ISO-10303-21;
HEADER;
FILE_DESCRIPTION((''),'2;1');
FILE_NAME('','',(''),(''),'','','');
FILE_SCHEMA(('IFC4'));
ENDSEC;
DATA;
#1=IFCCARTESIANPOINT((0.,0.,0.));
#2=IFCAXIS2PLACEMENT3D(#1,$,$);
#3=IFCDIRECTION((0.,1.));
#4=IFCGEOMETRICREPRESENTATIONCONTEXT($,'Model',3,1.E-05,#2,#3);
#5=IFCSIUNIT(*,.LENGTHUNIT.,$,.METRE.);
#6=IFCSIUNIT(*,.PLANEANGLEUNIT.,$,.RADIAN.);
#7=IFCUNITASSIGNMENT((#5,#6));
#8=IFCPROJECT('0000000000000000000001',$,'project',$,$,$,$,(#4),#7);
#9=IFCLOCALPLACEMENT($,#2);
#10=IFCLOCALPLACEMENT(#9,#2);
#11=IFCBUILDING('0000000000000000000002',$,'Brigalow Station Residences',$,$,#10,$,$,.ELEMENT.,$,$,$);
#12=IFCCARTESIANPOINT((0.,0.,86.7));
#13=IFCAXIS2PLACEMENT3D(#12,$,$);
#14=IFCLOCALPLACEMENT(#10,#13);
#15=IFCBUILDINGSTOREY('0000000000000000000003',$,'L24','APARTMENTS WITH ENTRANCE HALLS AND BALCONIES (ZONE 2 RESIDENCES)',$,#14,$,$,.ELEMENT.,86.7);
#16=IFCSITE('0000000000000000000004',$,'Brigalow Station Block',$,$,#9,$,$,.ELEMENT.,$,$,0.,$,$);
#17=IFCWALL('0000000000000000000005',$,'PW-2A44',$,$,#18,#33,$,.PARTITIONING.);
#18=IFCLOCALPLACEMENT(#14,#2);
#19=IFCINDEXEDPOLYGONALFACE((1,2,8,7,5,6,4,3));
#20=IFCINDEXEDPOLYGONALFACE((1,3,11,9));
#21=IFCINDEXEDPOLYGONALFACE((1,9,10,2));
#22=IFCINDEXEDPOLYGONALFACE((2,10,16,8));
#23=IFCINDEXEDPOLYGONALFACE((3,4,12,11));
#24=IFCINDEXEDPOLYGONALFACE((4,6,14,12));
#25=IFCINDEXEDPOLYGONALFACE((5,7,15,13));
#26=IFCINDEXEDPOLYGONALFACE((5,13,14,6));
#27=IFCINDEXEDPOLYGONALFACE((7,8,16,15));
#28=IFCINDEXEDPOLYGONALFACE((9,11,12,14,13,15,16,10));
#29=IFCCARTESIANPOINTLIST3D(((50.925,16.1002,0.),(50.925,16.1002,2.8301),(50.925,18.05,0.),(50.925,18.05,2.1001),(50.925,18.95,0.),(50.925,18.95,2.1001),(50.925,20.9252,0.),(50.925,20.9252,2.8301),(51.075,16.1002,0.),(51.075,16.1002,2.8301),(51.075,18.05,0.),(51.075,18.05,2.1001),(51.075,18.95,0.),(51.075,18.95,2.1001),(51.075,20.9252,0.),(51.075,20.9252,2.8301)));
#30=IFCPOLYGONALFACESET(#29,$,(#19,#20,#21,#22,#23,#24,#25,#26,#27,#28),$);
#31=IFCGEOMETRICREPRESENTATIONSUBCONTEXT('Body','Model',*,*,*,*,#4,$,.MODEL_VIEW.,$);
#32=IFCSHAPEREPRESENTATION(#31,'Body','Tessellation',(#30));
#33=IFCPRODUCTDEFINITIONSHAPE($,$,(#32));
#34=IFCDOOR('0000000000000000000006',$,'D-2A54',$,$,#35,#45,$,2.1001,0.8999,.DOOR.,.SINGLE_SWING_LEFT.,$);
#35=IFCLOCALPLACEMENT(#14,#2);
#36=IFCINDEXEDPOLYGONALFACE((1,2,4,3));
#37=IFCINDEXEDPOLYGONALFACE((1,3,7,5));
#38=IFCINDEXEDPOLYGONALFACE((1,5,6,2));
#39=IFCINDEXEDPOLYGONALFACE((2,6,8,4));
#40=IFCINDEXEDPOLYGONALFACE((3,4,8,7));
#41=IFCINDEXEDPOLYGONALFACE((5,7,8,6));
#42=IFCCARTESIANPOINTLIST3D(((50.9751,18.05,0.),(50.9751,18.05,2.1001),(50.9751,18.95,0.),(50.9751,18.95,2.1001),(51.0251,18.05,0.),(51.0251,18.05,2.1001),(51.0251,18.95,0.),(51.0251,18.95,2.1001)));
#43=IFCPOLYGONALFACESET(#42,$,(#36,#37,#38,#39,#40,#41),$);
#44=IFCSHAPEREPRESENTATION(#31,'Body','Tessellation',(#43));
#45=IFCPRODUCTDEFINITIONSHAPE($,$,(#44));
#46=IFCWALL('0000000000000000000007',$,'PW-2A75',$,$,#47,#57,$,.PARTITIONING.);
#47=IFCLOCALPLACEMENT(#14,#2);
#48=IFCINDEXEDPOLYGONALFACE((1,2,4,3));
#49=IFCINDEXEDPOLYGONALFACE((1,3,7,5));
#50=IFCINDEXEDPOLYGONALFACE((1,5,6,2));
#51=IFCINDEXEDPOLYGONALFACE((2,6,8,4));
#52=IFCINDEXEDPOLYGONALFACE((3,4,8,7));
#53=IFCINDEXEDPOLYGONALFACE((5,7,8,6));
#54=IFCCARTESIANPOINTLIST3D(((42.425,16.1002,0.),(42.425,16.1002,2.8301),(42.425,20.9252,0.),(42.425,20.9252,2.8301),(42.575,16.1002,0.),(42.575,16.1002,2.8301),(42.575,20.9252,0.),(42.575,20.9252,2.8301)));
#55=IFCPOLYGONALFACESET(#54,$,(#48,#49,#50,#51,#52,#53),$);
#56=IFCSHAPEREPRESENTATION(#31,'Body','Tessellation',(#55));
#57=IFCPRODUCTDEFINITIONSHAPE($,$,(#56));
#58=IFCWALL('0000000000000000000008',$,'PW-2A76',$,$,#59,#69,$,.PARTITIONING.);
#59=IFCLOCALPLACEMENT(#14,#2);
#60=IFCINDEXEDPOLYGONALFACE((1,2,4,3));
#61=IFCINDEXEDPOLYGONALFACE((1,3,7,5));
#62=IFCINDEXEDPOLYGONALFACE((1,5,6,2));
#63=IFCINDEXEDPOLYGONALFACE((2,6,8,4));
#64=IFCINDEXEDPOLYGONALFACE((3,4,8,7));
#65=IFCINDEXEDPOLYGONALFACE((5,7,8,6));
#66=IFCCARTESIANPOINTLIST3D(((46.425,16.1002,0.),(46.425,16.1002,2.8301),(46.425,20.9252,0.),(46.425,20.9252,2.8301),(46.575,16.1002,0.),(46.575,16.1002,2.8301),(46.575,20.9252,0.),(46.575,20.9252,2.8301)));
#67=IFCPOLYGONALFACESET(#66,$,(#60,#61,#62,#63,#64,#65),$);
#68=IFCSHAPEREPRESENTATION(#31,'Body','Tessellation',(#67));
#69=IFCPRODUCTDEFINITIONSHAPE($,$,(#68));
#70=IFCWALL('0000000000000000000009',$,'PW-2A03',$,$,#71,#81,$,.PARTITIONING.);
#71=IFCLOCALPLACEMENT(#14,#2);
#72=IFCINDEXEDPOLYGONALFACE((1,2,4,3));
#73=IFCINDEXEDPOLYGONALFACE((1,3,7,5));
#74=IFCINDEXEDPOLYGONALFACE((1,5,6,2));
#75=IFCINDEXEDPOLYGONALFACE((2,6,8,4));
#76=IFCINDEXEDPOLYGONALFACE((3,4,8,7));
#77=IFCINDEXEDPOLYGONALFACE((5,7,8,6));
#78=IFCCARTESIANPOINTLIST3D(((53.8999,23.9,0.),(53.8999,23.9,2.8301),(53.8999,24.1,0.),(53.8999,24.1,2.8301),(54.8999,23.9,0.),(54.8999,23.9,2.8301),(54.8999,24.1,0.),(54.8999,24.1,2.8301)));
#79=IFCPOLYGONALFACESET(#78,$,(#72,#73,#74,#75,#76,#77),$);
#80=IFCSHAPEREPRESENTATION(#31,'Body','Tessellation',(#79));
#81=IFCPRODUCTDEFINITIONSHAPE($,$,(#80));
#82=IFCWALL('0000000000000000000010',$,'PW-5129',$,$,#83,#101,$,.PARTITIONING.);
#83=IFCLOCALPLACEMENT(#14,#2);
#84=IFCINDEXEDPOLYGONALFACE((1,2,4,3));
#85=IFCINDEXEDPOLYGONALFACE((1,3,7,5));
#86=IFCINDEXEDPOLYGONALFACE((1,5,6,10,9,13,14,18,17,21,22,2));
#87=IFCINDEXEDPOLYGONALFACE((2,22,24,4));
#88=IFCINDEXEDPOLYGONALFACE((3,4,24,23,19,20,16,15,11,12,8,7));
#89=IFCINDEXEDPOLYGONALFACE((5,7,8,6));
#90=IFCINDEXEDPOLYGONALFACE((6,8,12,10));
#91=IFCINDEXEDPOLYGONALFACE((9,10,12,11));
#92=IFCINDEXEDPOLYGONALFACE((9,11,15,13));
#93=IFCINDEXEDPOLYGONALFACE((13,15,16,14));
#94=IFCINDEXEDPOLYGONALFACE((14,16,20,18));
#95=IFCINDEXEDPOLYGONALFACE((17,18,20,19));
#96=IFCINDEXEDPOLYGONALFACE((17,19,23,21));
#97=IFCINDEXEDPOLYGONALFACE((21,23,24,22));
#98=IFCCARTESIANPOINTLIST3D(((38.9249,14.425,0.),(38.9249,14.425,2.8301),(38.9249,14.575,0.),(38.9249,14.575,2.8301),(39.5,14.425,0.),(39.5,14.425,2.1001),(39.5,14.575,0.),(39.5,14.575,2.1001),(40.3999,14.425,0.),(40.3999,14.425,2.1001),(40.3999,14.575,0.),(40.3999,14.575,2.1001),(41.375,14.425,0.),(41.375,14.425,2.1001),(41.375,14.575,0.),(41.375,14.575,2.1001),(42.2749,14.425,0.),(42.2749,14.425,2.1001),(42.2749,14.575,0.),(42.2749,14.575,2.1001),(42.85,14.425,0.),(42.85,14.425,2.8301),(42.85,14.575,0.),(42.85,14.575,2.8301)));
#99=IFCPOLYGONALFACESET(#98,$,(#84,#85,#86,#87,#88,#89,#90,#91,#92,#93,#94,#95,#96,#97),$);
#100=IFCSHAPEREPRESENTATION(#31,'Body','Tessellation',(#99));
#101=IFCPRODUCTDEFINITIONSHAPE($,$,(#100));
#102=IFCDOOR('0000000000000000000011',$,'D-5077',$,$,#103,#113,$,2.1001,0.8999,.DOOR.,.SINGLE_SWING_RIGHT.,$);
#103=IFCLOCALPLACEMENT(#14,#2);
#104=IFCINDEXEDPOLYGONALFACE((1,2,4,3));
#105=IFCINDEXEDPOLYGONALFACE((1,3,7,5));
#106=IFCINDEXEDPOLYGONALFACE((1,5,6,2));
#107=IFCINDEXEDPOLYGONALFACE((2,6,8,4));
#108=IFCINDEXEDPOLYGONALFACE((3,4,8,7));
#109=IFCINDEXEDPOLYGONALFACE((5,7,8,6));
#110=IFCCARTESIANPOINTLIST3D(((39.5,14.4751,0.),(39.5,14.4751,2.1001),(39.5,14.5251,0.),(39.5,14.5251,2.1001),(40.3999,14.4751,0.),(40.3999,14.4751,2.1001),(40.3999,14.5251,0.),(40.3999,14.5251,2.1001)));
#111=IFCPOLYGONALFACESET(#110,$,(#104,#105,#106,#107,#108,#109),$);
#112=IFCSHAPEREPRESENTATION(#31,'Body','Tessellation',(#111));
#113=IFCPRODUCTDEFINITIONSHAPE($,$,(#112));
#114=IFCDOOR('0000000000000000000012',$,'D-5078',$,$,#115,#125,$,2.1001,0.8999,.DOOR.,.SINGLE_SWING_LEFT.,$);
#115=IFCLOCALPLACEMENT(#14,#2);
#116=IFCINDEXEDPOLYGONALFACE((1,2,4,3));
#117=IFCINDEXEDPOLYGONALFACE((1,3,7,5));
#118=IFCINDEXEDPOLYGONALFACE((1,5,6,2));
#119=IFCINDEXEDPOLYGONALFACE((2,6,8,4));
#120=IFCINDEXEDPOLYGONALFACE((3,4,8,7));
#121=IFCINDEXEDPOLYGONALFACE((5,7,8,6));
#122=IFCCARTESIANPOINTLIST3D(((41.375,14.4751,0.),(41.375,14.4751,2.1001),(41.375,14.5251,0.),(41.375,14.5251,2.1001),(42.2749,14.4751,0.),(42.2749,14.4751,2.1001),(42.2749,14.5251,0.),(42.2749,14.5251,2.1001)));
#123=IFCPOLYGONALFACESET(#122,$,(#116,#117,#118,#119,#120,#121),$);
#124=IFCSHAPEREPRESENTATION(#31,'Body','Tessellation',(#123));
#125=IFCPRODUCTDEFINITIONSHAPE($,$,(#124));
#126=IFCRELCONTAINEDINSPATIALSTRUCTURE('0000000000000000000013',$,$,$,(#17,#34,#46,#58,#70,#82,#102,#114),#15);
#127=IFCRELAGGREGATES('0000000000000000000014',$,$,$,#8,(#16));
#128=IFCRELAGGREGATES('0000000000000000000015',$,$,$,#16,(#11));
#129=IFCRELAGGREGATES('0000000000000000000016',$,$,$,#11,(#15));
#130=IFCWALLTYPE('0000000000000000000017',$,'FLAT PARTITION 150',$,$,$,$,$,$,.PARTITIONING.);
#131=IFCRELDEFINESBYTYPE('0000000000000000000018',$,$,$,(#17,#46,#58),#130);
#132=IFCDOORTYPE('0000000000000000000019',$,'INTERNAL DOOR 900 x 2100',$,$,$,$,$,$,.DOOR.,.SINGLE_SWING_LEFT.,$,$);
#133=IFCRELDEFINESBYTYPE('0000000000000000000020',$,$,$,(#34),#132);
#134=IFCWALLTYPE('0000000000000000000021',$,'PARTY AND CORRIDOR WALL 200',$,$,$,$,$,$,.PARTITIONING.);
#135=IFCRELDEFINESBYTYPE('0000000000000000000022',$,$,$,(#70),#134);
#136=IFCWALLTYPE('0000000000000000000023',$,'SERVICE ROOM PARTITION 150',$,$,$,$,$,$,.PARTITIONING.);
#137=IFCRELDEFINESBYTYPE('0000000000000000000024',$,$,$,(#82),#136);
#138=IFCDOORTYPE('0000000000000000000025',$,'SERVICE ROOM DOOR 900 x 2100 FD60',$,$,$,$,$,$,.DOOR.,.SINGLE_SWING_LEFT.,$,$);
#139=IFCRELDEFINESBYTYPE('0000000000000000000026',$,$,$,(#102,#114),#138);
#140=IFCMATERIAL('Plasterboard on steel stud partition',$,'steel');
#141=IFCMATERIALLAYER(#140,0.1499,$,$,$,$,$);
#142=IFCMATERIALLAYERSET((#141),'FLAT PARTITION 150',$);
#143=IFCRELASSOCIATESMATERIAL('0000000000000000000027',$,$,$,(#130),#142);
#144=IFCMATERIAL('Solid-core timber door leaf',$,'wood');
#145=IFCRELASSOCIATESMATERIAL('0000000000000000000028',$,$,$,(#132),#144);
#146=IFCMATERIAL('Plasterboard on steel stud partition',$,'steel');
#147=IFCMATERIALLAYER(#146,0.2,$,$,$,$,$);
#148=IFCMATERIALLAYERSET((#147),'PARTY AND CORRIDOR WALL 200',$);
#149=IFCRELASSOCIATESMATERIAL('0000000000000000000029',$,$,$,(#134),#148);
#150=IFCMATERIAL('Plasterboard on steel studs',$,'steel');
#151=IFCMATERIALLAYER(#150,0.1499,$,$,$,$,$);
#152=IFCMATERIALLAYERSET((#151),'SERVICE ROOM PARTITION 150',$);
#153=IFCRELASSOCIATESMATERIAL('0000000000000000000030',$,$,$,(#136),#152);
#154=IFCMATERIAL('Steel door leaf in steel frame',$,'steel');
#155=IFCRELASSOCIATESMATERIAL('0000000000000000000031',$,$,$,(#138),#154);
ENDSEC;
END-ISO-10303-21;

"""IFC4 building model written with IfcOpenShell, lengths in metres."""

from ifc_helpers import new_model, si_unit, direction, frame, frame_2d, origin, place, context, subcontext, project, spatial, rectangle, extrude, material, layer, layer_set, type_object, element, fill, save


model = new_model("IFC4")

# Units and contexts
model_context = context("Model", 3, precision=1e-05, world=origin(), true_north=direction((0.0, 1.0)))
body_context = subcontext(model_context, "Body", "Model", "MODEL_VIEW")
ifc_project = project(units=[si_unit("LENGTHUNIT", "METRE"), si_unit("PLANEANGLEUNIT", "RADIAN")], contexts=[model_context])

# Site, building, storey
site_placement = place(None, origin())
site = spatial("IfcSite", under=ifc_project, at=site_placement, Name="Brigalow Station Block", CompositionType="ELEMENT", RefElevation=0.0)
building_placement = place(site_placement, origin())
building = spatial("IfcBuilding", under=site, at=building_placement, Name="Brigalow Station Residences", CompositionType="ELEMENT")
storey_placement = place(building_placement, frame((0.0, 0.0, 86.7)))
storey = spatial("IfcBuildingStorey", under=building, at=storey_placement, Name="L24", Description="APARTMENTS WITH ENTRANCE HALLS AND BALCONIES (ZONE 2 RESIDENCES)", CompositionType="ELEMENT", Elevation=86.7)

# Wall, opening, door
ifc_material_1 = material(Name="Plasterboard on steel stud partition", Category="steel")
ifc_layer_1 = layer(ifc_material_1, 0.1499)
ifc_layer_set_1 = layer_set([ifc_layer_1], Name="FLAT PARTITION 150")
wall_type_1 = type_object("IfcWallType", Name="FLAT PARTITION 150", PredefinedType="PARTITIONING", material=ifc_layer_set_1)
wall_1_placement = place(storey_placement, frame((51.0, 16.1001, 0.0), z_axis=(0.0, 0.0, 1.0), x_axis=(0.0, 1.0, 0.0)))
wall_1 = element("IfcWall", 1, at=wall_1_placement, inside=storey, type_object=wall_type_1, Name="PW-2A44", PredefinedType="PARTITIONING", context=body_context, shape_type="SweptSolid", body=[
    extrude(rectangle(XDim=4.825, YDim=0.1499, at=frame_2d((2.4126, 0.0))), origin(), (0.0, 0.0, 1.0), 2.8301),
])
opening_1_placement = place(wall_1_placement, frame((1.95, 0.0, 0.0)))
opening_1 = element("IfcOpeningElement", 2, at=opening_1_placement, cuts=wall_1, PredefinedType="OPENING", context=body_context, shape_type="SweptSolid", body=[
    extrude(rectangle(XDim=0.8999, YDim=2.1001, at=frame_2d((0.45, 1.05))), frame((0.0, 0.085, 0.0), z_axis=(0.0, -1.0, 0.0), x_axis=(1.0, 0.0, 0.0)), (0.0, 0.0, 1.0), 0.1699),
])
ifc_material_2 = material(Name="Solid-core timber door leaf", Category="wood")
door_type_1 = type_object("IfcDoorType", Name="INTERNAL DOOR 900 x 2100", OperationType="SINGLE_SWING_LEFT", PredefinedType="DOOR", material=ifc_material_2)
door_1_placement = place(opening_1_placement, origin())
door_1 = element("IfcDoor", 3, at=door_1_placement, inside=storey, type_object=door_type_1, Name="D-2A54", OperationType="SINGLE_SWING_LEFT", OverallHeight=2.1001, OverallWidth=0.8999, PredefinedType="DOOR", context=body_context, shape_type="SweptSolid", body=[
    extrude(rectangle(XDim=0.8999, YDim=2.1001, at=frame_2d((0.45, 1.05))), frame((0.0, 0.0249, 0.0), z_axis=(0.0, -1.0, 0.0), x_axis=(1.0, 0.0, 0.0)), (0.0, 0.0, 1.0), 0.05),
])
fill(opening_1, door_1)

# Walls
for number, where, z_axis, x_axis, name in (
    (4, (42.5, 16.1001, 0.0), (0.0, 0.0, 1.0), (0.0, 1.0, 0.0), "PW-2A75"),
    (5, (46.5, 16.1001, 0.0), (0.0, 0.0, 1.0), (0.0, 1.0, 0.0), "PW-2A76"),
):
    element("IfcWall", number, at=place(storey_placement, frame(where, z_axis=z_axis, x_axis=x_axis)), inside=storey, type_object=wall_type_1, Name=name, PredefinedType="PARTITIONING", context=body_context, shape_type="SweptSolid", body=[
        extrude(rectangle(XDim=4.825, YDim=0.1499, at=frame_2d((2.4126, 0.0))), origin(), (0.0, 0.0, 1.0), 2.8301),
    ])
ifc_material_3 = material(Name="Plasterboard on steel stud partition", Category="steel")
ifc_layer_2 = layer(ifc_material_3, 0.2)
ifc_layer_set_2 = layer_set([ifc_layer_2], Name="PARTY AND CORRIDOR WALL 200")
wall_type_2 = type_object("IfcWallType", Name="PARTY AND CORRIDOR WALL 200", PredefinedType="PARTITIONING", material=ifc_layer_set_2)
wall_2_placement = place(storey_placement, frame((53.8999, 24.0, 0.0), z_axis=(0.0, 0.0, 1.0), x_axis=(1.0, 0.0, 0.0)))
element("IfcWall", 6, at=wall_2_placement, inside=storey, type_object=wall_type_2, Name="PW-2A03", PredefinedType="PARTITIONING", context=body_context, shape_type="SweptSolid", body=[
    extrude(rectangle(XDim=1.0, YDim=0.2, at=frame_2d((0.5, 0.0))), origin(), (0.0, 0.0, 1.0), 2.8301),
])

# Wall, openings, doors
ifc_material_4 = material(Name="Plasterboard on steel studs", Category="steel")
ifc_layer_3 = layer(ifc_material_4, 0.1499)
ifc_layer_set_3 = layer_set([ifc_layer_3], Name="SERVICE ROOM PARTITION 150")
wall_type_3 = type_object("IfcWallType", Name="SERVICE ROOM PARTITION 150", PredefinedType="PARTITIONING", material=ifc_layer_set_3)
wall_3_placement = place(storey_placement, frame((38.925, 14.5, 0.0), z_axis=(0.0, 0.0, 1.0), x_axis=(1.0, 0.0, 0.0)))
wall_3 = element("IfcWall", 7, at=wall_3_placement, inside=storey, type_object=wall_type_3, Name="PW-5129", PredefinedType="PARTITIONING", context=body_context, shape_type="SweptSolid", body=[
    extrude(rectangle(XDim=3.925, YDim=0.1499, at=frame_2d((1.9624, 0.0))), origin(), (0.0, 0.0, 1.0), 2.8301),
])
opening_2_placement = place(wall_3_placement, frame((0.575, 0.0, 0.0)))
opening_2 = element("IfcOpeningElement", 8, at=opening_2_placement, cuts=wall_3, PredefinedType="OPENING", context=body_context, shape_type="SweptSolid", body=[
    extrude(rectangle(XDim=0.8999, YDim=2.1001, at=frame_2d((0.45, 1.05))), frame((0.0, 0.085, 0.0), z_axis=(0.0, -1.0, 0.0), x_axis=(1.0, 0.0, 0.0)), (0.0, 0.0, 1.0), 0.1699),
])
opening_3_placement = place(wall_3_placement, frame((2.45, 0.0, 0.0)))
opening_3 = element("IfcOpeningElement", 9, at=opening_3_placement, cuts=wall_3, PredefinedType="OPENING", context=body_context, shape_type="SweptSolid", body=[
    extrude(rectangle(XDim=0.8999, YDim=2.1001, at=frame_2d((0.45, 1.05))), frame((0.0, 0.085, 0.0), z_axis=(0.0, -1.0, 0.0), x_axis=(1.0, 0.0, 0.0)), (0.0, 0.0, 1.0), 0.1699),
])
ifc_material_5 = material(Name="Steel door leaf in steel frame", Category="steel")
door_type_2 = type_object("IfcDoorType", Name="SERVICE ROOM DOOR 900 x 2100 FD60", OperationType="SINGLE_SWING_LEFT", PredefinedType="DOOR", material=ifc_material_5)
door_2_placement = place(opening_2_placement, frame((0.8999, 0.0, 0.0), z_axis=(0.0, 0.0, 1.0), x_axis=(-1.0, 0.0, 0.0)))
door_2 = element("IfcDoor", 10, at=door_2_placement, inside=storey, type_object=door_type_2, Name="D-5077", OperationType="SINGLE_SWING_RIGHT", OverallHeight=2.1001, OverallWidth=0.8999, PredefinedType="DOOR", context=body_context, shape_type="SweptSolid", body=[
    extrude(rectangle(XDim=0.8999, YDim=2.1001, at=frame_2d((0.45, 1.05))), frame((0.0, 0.0249, 0.0), z_axis=(0.0, -1.0, 0.0), x_axis=(1.0, 0.0, 0.0)), (0.0, 0.0, 1.0), 0.05),
])
fill(opening_2, door_2)
door_3_placement = place(opening_3_placement, frame((0.8999, 0.0, 0.0), z_axis=(0.0, 0.0, 1.0), x_axis=(-1.0, 0.0, 0.0)))
door_3 = element("IfcDoor", 11, at=door_3_placement, inside=storey, type_object=door_type_2, Name="D-5078", OperationType="SINGLE_SWING_LEFT", OverallHeight=2.1001, OverallWidth=0.8999, PredefinedType="DOOR", context=body_context, shape_type="SweptSolid", body=[
    extrude(rectangle(XDim=0.8999, YDim=2.1001, at=frame_2d((0.45, 1.05))), frame((0.0, 0.0249, 0.0), z_axis=(0.0, -1.0, 0.0), x_axis=(1.0, 0.0, 0.0)), (0.0, 0.0, 1.0), 0.05),
])
fill(opening_3, door_3)

save(model, "model.ifc")
